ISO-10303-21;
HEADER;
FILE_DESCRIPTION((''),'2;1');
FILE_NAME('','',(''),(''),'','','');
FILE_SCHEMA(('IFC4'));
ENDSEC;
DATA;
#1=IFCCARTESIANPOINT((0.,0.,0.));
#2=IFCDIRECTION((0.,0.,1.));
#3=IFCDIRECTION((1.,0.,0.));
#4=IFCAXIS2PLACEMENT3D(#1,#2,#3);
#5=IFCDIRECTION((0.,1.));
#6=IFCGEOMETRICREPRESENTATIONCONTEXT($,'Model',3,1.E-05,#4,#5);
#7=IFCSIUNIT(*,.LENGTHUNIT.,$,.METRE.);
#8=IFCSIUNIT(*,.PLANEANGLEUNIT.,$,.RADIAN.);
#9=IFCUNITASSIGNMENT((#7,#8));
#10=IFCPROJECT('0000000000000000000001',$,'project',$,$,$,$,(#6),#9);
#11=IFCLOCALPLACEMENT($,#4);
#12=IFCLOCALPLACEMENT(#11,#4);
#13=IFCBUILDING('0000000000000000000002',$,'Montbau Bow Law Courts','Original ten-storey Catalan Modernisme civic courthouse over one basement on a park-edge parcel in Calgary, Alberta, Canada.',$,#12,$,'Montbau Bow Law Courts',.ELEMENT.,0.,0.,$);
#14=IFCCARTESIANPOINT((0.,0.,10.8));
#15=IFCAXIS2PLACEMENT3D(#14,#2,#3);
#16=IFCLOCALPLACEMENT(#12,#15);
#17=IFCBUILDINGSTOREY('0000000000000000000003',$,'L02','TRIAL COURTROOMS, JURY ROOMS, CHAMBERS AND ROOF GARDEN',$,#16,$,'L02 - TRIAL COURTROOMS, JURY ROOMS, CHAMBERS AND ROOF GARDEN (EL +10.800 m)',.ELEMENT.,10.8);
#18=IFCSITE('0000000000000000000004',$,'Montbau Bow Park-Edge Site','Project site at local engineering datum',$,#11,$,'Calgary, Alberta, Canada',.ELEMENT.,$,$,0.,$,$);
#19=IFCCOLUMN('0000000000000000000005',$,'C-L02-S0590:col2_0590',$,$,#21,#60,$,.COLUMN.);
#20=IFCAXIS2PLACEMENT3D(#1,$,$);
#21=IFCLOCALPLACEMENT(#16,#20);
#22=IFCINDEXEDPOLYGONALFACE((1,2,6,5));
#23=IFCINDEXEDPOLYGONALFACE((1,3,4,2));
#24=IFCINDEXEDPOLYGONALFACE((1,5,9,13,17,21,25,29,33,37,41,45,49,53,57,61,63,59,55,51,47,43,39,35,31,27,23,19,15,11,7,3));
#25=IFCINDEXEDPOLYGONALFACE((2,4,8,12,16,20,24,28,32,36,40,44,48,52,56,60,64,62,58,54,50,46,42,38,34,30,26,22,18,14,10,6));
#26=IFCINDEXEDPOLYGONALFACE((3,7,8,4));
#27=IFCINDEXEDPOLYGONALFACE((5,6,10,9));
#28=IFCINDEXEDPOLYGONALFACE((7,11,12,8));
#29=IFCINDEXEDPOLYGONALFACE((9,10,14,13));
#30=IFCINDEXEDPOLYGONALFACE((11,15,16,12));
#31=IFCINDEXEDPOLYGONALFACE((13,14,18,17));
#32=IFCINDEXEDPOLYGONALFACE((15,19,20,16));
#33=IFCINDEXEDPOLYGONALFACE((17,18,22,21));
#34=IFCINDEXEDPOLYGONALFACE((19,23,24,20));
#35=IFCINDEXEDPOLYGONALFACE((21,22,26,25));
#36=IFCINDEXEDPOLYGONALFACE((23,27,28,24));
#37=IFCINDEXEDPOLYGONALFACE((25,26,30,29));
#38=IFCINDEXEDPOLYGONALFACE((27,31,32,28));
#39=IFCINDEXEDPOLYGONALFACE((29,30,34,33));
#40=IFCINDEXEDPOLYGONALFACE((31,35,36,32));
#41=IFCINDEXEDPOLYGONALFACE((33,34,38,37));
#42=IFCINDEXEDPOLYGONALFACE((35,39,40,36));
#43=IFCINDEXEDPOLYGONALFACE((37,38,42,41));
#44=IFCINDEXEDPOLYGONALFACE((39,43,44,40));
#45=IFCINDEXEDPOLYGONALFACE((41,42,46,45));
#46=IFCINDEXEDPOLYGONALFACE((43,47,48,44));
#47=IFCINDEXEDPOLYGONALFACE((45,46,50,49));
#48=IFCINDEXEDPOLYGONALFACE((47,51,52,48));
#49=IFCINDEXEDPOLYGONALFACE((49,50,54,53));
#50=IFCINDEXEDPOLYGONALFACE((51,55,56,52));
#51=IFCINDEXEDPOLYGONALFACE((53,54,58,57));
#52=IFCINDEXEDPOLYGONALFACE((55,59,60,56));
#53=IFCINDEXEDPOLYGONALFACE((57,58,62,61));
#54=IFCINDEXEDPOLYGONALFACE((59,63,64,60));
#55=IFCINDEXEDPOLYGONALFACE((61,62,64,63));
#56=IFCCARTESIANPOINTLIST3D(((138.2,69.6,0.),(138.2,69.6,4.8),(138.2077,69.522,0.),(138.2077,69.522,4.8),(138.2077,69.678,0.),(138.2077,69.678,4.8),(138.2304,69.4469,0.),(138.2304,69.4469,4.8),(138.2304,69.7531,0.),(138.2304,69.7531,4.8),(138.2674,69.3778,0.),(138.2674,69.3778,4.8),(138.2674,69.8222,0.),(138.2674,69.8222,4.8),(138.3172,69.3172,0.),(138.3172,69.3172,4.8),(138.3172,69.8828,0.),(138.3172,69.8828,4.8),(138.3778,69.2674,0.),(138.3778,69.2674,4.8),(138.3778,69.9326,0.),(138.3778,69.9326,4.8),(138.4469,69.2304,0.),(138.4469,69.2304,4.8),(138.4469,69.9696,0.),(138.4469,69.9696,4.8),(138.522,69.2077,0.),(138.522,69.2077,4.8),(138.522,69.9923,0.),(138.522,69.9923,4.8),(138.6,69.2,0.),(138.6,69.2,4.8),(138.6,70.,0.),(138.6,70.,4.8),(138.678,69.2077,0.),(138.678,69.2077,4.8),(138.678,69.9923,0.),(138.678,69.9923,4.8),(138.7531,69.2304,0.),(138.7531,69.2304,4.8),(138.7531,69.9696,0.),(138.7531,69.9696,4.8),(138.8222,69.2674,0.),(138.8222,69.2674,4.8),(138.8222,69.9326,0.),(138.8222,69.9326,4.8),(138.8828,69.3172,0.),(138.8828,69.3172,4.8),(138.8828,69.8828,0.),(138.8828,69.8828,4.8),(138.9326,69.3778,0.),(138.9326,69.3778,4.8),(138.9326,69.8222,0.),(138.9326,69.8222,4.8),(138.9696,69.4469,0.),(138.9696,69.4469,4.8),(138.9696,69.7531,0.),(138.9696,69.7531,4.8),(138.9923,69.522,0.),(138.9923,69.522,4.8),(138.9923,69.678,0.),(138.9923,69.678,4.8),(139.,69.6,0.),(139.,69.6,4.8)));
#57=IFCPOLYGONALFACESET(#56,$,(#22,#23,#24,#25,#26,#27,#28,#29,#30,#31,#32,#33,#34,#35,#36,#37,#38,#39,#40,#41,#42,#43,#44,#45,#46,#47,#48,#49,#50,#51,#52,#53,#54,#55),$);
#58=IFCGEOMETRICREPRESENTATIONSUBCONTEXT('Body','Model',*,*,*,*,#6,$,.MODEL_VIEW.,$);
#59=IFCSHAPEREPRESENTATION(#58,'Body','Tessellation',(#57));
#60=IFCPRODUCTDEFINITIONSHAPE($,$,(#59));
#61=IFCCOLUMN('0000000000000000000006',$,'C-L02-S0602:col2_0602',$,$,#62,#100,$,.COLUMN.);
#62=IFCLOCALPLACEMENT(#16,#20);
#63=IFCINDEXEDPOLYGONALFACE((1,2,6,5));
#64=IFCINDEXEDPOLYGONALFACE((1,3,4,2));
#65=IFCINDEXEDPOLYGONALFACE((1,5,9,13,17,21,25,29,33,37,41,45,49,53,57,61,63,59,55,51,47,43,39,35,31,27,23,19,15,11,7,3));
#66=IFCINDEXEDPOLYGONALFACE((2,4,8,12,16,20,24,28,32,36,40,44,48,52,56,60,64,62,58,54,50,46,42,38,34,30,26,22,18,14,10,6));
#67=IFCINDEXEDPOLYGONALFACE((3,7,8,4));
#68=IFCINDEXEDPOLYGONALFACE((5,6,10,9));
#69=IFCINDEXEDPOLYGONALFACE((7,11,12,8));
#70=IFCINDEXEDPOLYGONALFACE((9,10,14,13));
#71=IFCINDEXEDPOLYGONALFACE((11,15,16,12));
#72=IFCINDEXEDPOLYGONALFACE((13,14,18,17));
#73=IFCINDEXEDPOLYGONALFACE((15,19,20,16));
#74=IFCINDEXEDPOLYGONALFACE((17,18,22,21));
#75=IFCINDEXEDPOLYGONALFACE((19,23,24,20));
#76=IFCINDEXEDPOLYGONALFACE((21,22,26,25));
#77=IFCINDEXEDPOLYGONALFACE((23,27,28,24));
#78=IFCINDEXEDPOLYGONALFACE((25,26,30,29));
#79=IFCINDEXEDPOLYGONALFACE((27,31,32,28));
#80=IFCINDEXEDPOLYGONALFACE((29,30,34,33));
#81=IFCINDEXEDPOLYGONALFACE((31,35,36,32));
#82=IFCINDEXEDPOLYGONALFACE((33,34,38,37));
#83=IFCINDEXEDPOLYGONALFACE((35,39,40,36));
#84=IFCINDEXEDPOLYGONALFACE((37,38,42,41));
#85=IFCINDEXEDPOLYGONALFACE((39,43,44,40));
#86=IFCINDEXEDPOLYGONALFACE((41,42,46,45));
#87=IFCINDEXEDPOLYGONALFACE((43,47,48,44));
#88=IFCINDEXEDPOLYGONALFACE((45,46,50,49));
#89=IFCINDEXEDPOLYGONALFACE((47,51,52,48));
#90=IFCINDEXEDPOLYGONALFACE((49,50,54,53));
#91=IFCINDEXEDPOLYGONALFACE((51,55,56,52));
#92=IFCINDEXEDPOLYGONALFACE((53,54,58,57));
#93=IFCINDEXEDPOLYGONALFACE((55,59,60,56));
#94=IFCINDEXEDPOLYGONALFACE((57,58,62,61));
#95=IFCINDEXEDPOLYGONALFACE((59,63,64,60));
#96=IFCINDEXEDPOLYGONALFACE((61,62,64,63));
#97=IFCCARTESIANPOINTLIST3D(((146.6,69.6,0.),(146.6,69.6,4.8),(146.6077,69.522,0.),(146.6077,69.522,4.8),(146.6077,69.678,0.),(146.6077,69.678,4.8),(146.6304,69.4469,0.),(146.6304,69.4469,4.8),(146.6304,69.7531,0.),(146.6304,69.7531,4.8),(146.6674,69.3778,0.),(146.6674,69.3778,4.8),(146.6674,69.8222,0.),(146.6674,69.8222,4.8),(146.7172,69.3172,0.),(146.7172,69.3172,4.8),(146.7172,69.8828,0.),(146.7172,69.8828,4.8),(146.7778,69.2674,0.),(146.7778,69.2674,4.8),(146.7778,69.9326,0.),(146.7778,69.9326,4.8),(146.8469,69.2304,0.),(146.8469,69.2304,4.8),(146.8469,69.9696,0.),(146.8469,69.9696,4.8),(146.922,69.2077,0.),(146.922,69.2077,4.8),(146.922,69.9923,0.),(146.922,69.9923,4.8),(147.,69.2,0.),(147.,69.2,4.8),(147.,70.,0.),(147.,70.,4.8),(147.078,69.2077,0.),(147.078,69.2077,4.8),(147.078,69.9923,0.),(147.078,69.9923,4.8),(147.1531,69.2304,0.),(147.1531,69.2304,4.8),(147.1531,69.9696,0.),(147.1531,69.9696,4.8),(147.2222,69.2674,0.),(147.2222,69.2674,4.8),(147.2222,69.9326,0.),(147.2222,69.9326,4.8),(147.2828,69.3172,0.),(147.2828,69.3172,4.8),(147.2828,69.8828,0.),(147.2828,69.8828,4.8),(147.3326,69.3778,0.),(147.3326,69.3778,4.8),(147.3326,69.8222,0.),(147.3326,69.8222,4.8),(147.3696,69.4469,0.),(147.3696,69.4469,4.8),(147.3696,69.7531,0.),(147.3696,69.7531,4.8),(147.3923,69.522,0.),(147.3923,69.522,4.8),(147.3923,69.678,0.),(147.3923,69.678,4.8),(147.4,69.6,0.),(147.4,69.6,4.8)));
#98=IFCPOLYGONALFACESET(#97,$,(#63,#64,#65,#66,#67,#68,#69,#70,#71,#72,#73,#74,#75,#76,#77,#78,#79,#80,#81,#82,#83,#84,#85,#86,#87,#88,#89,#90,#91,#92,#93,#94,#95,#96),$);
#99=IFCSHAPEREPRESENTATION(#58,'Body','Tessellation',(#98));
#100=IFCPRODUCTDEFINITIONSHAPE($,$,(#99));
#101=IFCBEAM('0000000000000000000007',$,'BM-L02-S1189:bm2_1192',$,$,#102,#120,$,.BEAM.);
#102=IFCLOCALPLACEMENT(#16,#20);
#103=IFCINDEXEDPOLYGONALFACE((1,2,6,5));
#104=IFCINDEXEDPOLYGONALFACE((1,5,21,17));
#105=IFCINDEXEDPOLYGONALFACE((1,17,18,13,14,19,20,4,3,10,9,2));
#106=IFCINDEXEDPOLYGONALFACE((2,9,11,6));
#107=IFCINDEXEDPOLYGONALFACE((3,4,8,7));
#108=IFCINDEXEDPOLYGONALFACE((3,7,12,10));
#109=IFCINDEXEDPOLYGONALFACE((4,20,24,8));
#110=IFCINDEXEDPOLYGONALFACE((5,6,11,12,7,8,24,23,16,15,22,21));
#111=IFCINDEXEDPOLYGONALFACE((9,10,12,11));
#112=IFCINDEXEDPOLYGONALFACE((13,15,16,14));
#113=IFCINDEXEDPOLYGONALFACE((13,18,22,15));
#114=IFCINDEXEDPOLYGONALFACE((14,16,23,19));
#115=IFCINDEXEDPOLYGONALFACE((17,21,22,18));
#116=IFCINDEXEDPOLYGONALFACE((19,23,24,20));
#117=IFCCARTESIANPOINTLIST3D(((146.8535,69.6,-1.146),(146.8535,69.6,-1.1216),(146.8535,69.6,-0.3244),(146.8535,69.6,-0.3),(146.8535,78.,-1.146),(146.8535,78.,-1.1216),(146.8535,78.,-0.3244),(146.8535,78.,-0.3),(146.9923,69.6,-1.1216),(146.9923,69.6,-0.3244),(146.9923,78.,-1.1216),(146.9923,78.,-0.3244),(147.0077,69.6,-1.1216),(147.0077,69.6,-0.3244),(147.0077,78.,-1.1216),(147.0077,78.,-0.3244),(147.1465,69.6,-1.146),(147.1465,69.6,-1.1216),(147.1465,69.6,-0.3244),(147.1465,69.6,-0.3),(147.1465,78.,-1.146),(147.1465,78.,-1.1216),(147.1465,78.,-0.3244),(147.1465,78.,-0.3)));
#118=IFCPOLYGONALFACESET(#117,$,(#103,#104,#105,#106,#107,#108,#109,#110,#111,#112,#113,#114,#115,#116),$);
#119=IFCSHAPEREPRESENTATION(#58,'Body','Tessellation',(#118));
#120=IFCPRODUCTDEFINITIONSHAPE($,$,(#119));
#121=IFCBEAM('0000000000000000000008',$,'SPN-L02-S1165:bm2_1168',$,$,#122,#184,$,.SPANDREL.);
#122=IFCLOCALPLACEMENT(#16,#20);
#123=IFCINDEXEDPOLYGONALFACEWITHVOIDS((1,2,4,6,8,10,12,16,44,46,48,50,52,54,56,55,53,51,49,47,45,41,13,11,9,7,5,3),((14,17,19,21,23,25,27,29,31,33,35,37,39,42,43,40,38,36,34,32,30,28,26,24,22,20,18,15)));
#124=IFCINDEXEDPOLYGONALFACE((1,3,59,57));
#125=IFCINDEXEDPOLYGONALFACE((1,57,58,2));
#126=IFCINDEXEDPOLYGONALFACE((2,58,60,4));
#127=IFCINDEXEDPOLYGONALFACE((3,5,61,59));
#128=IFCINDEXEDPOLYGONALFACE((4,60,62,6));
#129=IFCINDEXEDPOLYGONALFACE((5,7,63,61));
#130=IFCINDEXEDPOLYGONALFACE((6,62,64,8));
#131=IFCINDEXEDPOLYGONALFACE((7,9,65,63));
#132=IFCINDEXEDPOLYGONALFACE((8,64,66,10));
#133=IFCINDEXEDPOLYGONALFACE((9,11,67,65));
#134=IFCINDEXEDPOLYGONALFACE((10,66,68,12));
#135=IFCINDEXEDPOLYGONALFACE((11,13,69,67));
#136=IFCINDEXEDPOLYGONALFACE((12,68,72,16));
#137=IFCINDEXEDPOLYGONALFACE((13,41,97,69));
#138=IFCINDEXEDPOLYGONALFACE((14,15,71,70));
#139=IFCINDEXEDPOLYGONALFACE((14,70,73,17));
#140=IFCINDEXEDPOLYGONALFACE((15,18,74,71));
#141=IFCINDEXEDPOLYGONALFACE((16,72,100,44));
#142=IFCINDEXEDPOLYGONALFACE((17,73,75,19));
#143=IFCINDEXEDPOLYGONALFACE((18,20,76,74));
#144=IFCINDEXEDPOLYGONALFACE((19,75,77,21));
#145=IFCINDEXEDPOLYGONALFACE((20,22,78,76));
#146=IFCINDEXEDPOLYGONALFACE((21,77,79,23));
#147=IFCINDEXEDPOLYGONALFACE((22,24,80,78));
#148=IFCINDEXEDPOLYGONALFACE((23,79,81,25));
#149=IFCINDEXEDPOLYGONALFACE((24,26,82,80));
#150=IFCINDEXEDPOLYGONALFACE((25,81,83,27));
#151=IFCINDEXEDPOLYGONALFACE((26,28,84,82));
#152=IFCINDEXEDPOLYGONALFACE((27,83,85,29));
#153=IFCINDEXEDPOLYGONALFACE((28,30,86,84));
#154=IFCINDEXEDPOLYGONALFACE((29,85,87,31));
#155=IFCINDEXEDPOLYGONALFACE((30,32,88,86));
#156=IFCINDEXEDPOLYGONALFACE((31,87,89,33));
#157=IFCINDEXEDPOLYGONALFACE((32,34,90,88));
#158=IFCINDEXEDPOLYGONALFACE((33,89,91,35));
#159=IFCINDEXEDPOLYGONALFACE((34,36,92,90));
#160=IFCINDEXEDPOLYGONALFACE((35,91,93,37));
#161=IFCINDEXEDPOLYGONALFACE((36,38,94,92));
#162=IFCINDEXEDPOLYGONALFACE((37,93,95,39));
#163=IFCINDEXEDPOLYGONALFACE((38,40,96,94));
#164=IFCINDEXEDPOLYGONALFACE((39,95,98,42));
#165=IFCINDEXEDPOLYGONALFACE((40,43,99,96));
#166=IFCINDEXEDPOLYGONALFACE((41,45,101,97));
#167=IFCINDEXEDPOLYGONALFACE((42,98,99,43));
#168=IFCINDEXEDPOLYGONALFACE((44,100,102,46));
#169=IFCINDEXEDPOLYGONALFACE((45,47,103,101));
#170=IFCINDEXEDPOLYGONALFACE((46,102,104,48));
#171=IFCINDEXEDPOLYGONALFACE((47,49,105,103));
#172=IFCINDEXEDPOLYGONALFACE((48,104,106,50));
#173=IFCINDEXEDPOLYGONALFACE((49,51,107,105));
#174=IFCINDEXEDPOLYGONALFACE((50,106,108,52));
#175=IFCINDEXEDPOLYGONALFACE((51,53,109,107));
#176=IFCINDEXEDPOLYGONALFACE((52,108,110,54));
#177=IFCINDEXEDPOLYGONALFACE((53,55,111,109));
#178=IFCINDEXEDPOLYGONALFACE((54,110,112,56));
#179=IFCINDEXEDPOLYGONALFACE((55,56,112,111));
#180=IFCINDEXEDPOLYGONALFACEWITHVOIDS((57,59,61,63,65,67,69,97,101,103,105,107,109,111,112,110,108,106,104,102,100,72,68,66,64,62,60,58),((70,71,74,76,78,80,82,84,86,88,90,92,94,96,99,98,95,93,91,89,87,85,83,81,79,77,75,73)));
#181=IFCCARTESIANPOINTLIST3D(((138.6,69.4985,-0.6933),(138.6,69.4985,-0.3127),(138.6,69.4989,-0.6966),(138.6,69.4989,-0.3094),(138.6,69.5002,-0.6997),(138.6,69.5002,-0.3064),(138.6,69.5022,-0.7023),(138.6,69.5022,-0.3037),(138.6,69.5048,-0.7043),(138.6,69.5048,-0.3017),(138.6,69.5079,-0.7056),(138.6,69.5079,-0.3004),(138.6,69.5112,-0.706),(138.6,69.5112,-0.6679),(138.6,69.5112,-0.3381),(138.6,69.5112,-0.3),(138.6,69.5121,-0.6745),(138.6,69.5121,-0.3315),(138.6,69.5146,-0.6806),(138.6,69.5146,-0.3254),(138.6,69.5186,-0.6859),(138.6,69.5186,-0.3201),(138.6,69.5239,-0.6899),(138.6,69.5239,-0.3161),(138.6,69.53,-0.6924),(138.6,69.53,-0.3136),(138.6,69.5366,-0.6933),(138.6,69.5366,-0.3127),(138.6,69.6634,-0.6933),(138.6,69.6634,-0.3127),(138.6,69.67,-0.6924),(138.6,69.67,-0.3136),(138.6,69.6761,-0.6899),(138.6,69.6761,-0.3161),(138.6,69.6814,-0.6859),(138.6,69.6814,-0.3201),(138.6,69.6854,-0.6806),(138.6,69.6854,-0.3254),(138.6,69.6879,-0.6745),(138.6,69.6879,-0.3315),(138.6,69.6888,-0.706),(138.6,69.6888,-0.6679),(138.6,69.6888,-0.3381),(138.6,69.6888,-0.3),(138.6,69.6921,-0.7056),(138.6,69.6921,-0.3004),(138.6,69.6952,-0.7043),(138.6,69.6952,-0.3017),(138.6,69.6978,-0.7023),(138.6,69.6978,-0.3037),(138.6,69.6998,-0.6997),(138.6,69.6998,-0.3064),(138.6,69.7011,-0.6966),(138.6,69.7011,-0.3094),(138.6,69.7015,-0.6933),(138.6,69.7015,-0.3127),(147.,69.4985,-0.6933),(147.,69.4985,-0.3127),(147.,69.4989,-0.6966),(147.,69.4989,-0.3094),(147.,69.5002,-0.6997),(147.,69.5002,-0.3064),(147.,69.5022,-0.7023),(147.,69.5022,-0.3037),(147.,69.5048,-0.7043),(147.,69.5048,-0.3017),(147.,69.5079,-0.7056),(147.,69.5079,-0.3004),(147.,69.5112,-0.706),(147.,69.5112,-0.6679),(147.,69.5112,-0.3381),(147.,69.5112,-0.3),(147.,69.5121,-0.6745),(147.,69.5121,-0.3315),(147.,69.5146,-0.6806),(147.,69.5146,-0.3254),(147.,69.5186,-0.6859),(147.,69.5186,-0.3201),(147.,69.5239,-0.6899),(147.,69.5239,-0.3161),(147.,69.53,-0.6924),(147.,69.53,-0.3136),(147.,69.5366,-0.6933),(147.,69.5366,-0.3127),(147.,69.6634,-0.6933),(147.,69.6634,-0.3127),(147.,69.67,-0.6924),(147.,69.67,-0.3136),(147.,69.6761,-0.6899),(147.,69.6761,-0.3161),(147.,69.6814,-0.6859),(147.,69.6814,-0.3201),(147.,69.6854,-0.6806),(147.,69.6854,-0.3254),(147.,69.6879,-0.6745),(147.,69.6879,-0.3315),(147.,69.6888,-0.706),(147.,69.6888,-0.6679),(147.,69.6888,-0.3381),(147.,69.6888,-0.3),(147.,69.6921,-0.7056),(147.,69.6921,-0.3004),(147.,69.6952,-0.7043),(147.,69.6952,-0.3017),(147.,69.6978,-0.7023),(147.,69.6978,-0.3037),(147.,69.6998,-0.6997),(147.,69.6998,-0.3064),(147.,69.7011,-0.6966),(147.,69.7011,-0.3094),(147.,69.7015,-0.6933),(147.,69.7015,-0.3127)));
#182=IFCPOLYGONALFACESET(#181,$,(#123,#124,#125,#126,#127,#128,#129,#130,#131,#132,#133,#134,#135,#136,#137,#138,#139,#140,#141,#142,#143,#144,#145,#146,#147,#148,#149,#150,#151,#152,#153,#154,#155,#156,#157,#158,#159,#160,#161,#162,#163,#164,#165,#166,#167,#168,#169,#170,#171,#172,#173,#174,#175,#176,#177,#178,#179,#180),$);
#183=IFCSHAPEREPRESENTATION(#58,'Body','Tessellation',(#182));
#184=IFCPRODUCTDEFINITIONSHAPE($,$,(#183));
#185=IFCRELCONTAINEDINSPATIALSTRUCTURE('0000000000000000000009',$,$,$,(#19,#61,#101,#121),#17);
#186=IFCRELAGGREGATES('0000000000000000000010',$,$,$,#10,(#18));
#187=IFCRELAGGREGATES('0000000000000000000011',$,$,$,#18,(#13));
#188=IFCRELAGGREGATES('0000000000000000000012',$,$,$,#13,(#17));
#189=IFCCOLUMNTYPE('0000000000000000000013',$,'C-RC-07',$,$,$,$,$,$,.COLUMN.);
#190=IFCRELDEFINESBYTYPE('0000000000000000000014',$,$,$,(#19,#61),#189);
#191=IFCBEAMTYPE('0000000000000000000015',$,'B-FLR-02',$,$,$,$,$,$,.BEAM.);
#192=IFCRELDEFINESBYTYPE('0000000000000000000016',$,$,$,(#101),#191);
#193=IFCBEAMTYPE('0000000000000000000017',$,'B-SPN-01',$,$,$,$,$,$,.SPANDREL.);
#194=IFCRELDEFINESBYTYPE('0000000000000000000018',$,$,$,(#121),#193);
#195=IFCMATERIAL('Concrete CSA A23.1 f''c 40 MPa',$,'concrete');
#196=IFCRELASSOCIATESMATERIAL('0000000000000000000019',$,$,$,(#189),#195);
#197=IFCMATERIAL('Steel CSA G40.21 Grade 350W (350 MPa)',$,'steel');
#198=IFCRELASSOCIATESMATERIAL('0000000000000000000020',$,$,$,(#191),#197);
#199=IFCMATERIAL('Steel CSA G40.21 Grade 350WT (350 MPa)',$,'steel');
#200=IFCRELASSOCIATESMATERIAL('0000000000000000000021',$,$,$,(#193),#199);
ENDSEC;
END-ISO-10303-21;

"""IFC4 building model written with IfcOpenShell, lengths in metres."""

from ifc_helpers import new_model, si_unit, direction, frame, origin_with_axes, origin_2d_with_axis, place, context, subcontext, project, spatial, hollow_rectangle, circle, i_section, extrude, material, material_profile, profile_set, type_object, element, save


model = new_model("IFC4")

# Units and contexts
model_context = context("Model", 3, precision=1e-05, world=origin_with_axes(), true_north=direction((0.0, 1.0)))
body_context = subcontext(model_context, "Body", "Model", "MODEL_VIEW")
ifc_project = project(units=[si_unit("LENGTHUNIT", "METRE"), si_unit("PLANEANGLEUNIT", "RADIAN")], contexts=[model_context])

# Site, building, storey
site_placement = place(None, origin_with_axes())
site = spatial("IfcSite", under=ifc_project, at=site_placement, Name="Montbau Bow Park-Edge Site", Description="Project site at local engineering datum", LongName="Calgary, Alberta, Canada", CompositionType="ELEMENT", RefElevation=0.0)
building_placement = place(site_placement, origin_with_axes())
building = spatial("IfcBuilding", under=site, at=building_placement, Name="Montbau Bow Law Courts", Description="Original ten-storey Catalan Modernisme civic courthouse over one basement on a park-edge parcel in Calgary, Alberta, Canada.", LongName="Montbau Bow Law Courts", CompositionType="ELEMENT", ElevationOfRefHeight=0.0, ElevationOfTerrain=0.0)
storey_placement = place(building_placement, frame((0.0, 0.0, 10.8), z_axis=(0.0, 0.0, 1.0), x_axis=(1.0, 0.0, 0.0)))
storey = spatial("IfcBuildingStorey", under=building, at=storey_placement, Name="L02", Description="TRIAL COURTROOMS, JURY ROOMS, CHAMBERS AND ROOF GARDEN", LongName="L02 - TRIAL COURTROOMS, JURY ROOMS, CHAMBERS AND ROOF GARDEN (EL +10.800 m)", CompositionType="ELEMENT", Elevation=10.8)

# Columns
ifc_material_1 = material(Name="Concrete CSA A23.1 f'c 40 MPa", Category="concrete")
ifc_material_profile_1 = material_profile(ifc_material_1, circle(Radius=0.4, at=origin_2d_with_axis()), Name="RC800D", Category="Main", Priority=0)
ifc_profile_set_1 = profile_set([ifc_material_profile_1], Name="Concrete CSA A23.1 f'c 40 MPa")
column_type = type_object("IfcColumnType", Name="C-RC-07", PredefinedType="COLUMN", material=ifc_profile_set_1)
for number, where, z_axis, x_axis, name in (
    (1, (138.6, 69.6, 10.8), (0.0, 0.0, 1.0), (1.0, 0.0, 0.0), "C-L02-S0590:col2_0590"),
    (2, (147.0, 69.6, 10.8), (0.0, 0.0, 1.0), (1.0, 0.0, 0.0), "C-L02-S0602:col2_0602"),
):
    element("IfcColumn", number, at=place(None, frame(where, z_axis=z_axis, x_axis=x_axis)), inside=storey, type_object=column_type, Name=name, PredefinedType="COLUMN", context=body_context, shape_type="SweptSolid", body=[
        extrude(circle(Radius=0.4, at=origin_2d_with_axis()), origin_with_axes(), (0.0, 0.0, 1.0), 4.8),
    ])

# Beams
ifc_material_2 = material(Name="Steel CSA G40.21 Grade 350W (350 MPa)", Category="steel")
ifc_material_profile_2 = material_profile(ifc_material_2, i_section(OverallWidth=0.293, OverallDepth=0.846, WebThickness=0.0154, FlangeThickness=0.0244, at=origin_2d_with_axis()), Name="W840X210", Category="Main", Priority=0)
ifc_profile_set_2 = profile_set([ifc_material_profile_2], Name="Steel CSA G40.21 Grade 350W (350 MPa)")
beam_type_1 = type_object("IfcBeamType", Name="B-FLR-02", PredefinedType="BEAM", material=ifc_profile_set_2)
beam_1_placement = place(None, frame((147.0, 69.6, 10.077), z_axis=(0.0, 1.0, 0.0), x_axis=(-1.0, 0.0, 0.0)))
element("IfcBeam", 3, at=beam_1_placement, inside=storey, type_object=beam_type_1, Name="BM-L02-S1189:bm2_1192", PredefinedType="BEAM", context=body_context, shape_type="SweptSolid", body=[
    extrude(i_section(OverallWidth=0.293, OverallDepth=0.846, WebThickness=0.0154, FlangeThickness=0.0244, at=origin_2d_with_axis()), origin_with_axes(), (0.0, 0.0, 1.0), 8.4),
])
ifc_material_3 = material(Name="Steel CSA G40.21 Grade 350WT (350 MPa)", Category="steel")
ifc_material_profile_3 = material_profile(ifc_material_3, hollow_rectangle(XDim=0.203, YDim=0.406, WallThickness=0.0127, InnerFilletRadius=0.0254, OuterFilletRadius=0.0127, at=origin_2d_with_axis()), Name="HSS406X203X13", Category="Main", Priority=0)
ifc_profile_set_3 = profile_set([ifc_material_profile_3], Name="Steel CSA G40.21 Grade 350WT (350 MPa)")
beam_type_2 = type_object("IfcBeamType", Name="B-SPN-01", PredefinedType="SPANDREL", material=ifc_profile_set_3)
for number, where, z_axis, x_axis, name in (
    (4, (138.6, 69.6, 10.297), (1.0, 0.0, 0.0), (0.0, 1.0, 0.0), "SPN-L02-S1165:bm2_1168"),
):
    element("IfcBeam", number, at=place(None, frame(where, z_axis=z_axis, x_axis=x_axis)), inside=storey, type_object=beam_type_2, Name=name, PredefinedType="SPANDREL", context=body_context, shape_type="SweptSolid", body=[
        extrude(hollow_rectangle(XDim=0.203, YDim=0.406, WallThickness=0.0127, InnerFilletRadius=0.0254, OuterFilletRadius=0.0127, at=origin_2d_with_axis()), origin_with_axes(), (0.0, 0.0, 1.0), 8.4),
    ])

save(model, "model.ifc")
